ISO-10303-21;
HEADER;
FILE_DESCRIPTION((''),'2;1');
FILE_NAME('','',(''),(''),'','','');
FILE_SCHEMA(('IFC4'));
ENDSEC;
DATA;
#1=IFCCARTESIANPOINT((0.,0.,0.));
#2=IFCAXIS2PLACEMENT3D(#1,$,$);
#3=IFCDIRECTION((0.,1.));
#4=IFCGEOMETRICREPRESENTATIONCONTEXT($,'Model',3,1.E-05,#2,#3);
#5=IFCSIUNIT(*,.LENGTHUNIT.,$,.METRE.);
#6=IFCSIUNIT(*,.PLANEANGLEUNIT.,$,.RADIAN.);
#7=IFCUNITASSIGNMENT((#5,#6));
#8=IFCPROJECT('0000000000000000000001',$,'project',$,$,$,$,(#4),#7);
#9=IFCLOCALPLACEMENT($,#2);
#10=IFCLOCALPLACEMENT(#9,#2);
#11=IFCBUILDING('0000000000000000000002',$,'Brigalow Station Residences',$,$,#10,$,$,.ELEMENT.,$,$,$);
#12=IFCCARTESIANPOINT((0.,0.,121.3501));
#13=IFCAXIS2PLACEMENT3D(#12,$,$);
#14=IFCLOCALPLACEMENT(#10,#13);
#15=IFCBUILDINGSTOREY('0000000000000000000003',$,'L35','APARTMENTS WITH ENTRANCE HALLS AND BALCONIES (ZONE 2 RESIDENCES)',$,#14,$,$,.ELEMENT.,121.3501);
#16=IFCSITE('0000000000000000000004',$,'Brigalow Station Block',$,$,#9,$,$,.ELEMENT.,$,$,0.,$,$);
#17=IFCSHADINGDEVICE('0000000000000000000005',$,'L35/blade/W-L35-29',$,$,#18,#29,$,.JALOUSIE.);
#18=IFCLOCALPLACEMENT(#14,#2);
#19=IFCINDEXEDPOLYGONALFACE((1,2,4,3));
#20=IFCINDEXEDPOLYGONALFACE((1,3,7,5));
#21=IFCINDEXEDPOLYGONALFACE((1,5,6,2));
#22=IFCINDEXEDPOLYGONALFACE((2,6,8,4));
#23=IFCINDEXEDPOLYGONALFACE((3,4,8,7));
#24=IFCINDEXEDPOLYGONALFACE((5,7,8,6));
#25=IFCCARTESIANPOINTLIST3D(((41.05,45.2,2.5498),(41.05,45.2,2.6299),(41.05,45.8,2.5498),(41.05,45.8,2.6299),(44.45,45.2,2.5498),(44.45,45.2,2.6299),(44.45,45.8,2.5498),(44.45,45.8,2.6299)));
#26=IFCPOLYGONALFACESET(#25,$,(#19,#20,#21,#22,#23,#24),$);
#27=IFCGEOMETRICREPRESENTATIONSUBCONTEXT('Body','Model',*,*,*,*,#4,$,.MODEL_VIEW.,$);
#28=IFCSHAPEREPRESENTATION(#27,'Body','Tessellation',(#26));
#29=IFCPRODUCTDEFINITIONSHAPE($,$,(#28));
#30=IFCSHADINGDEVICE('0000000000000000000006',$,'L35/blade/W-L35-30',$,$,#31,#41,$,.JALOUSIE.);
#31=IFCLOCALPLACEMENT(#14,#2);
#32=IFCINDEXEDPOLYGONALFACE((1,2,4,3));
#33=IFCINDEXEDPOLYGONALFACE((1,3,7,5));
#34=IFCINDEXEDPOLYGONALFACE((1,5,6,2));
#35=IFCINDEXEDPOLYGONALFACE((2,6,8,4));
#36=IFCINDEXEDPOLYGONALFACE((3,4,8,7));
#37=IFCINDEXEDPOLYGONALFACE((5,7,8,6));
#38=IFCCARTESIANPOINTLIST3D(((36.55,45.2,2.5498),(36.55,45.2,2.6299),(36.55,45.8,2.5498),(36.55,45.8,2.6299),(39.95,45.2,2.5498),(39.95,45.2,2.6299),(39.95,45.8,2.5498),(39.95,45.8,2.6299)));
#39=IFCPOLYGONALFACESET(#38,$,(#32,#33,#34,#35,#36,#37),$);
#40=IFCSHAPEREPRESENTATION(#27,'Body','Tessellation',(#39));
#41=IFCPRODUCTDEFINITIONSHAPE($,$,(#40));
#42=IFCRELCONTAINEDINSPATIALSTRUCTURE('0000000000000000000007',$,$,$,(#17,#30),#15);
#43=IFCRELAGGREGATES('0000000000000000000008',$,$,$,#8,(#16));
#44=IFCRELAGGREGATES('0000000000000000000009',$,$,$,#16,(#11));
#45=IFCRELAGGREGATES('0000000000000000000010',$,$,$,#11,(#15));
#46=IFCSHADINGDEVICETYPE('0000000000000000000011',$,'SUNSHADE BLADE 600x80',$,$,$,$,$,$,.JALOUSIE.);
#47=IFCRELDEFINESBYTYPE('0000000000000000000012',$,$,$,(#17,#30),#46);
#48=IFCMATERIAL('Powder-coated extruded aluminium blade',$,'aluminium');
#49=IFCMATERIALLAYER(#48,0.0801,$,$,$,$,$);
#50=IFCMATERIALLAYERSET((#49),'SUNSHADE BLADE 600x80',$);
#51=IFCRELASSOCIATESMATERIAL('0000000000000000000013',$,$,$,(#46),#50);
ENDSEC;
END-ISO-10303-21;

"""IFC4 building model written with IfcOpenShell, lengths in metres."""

from ifc_helpers import new_model, si_unit, direction, frame, origin, origin_2d, place, context, subcontext, project, spatial, rectangle, extrude, material, layer, layer_set, type_object, element, save


model = new_model("IFC4")

# Units and contexts
model_context = context("Model", 3, precision=1e-05, world=origin(), true_north=direction((0.0, 1.0)))
body_context = subcontext(model_context, "Body", "Model", "MODEL_VIEW")
ifc_project = project(units=[si_unit("LENGTHUNIT", "METRE"), si_unit("PLANEANGLEUNIT", "RADIAN")], contexts=[model_context])

# Site, building, storey
site_placement = place(None, origin())
site = spatial("IfcSite", under=ifc_project, at=site_placement, Name="Brigalow Station Block", CompositionType="ELEMENT", RefElevation=0.0)
building_placement = place(site_placement, origin())
building = spatial("IfcBuilding", under=site, at=building_placement, Name="Brigalow Station Residences", CompositionType="ELEMENT")
storey_placement = place(building_placement, frame((0.0, 0.0, 121.3501)))
storey = spatial("IfcBuildingStorey", under=building, at=storey_placement, Name="L35", Description="APARTMENTS WITH ENTRANCE HALLS AND BALCONIES (ZONE 2 RESIDENCES)", CompositionType="ELEMENT", Elevation=121.3501)

# Shading devices
ifc_material_1 = material(Name="Powder-coated extruded aluminium blade", Category="aluminium")
ifc_layer_1 = layer(ifc_material_1, 0.0801)
ifc_layer_set_1 = layer_set([ifc_layer_1], Name="SUNSHADE BLADE 600x80")
shading_device_type = type_object("IfcShadingDeviceType", Name="SUNSHADE BLADE 600x80", PredefinedType="JALOUSIE", material=ifc_layer_set_1)
for number, where, z_axis, x_axis, name in (
    (1, (42.75, 45.5, 2.5498), (0.0, 0.0, 1.0), (-1.0, 0.0, 0.0), "L35/blade/W-L35-29"),
    (2, (38.25, 45.5, 2.5498), (0.0, 0.0, 1.0), (-1.0, 0.0, 0.0), "L35/blade/W-L35-30"),
):
    element("IfcShadingDevice", number, at=place(storey_placement, frame(where, z_axis=z_axis, x_axis=x_axis)), inside=storey, type_object=shading_device_type, Name=name, PredefinedType="JALOUSIE", context=body_context, shape_type="SweptSolid", body=[
        extrude(rectangle(XDim=3.3999, YDim=0.6001, at=origin_2d()), origin(), (0.0, 0.0, 1.0), 0.0801),
    ])

save(model, "model.ifc")
